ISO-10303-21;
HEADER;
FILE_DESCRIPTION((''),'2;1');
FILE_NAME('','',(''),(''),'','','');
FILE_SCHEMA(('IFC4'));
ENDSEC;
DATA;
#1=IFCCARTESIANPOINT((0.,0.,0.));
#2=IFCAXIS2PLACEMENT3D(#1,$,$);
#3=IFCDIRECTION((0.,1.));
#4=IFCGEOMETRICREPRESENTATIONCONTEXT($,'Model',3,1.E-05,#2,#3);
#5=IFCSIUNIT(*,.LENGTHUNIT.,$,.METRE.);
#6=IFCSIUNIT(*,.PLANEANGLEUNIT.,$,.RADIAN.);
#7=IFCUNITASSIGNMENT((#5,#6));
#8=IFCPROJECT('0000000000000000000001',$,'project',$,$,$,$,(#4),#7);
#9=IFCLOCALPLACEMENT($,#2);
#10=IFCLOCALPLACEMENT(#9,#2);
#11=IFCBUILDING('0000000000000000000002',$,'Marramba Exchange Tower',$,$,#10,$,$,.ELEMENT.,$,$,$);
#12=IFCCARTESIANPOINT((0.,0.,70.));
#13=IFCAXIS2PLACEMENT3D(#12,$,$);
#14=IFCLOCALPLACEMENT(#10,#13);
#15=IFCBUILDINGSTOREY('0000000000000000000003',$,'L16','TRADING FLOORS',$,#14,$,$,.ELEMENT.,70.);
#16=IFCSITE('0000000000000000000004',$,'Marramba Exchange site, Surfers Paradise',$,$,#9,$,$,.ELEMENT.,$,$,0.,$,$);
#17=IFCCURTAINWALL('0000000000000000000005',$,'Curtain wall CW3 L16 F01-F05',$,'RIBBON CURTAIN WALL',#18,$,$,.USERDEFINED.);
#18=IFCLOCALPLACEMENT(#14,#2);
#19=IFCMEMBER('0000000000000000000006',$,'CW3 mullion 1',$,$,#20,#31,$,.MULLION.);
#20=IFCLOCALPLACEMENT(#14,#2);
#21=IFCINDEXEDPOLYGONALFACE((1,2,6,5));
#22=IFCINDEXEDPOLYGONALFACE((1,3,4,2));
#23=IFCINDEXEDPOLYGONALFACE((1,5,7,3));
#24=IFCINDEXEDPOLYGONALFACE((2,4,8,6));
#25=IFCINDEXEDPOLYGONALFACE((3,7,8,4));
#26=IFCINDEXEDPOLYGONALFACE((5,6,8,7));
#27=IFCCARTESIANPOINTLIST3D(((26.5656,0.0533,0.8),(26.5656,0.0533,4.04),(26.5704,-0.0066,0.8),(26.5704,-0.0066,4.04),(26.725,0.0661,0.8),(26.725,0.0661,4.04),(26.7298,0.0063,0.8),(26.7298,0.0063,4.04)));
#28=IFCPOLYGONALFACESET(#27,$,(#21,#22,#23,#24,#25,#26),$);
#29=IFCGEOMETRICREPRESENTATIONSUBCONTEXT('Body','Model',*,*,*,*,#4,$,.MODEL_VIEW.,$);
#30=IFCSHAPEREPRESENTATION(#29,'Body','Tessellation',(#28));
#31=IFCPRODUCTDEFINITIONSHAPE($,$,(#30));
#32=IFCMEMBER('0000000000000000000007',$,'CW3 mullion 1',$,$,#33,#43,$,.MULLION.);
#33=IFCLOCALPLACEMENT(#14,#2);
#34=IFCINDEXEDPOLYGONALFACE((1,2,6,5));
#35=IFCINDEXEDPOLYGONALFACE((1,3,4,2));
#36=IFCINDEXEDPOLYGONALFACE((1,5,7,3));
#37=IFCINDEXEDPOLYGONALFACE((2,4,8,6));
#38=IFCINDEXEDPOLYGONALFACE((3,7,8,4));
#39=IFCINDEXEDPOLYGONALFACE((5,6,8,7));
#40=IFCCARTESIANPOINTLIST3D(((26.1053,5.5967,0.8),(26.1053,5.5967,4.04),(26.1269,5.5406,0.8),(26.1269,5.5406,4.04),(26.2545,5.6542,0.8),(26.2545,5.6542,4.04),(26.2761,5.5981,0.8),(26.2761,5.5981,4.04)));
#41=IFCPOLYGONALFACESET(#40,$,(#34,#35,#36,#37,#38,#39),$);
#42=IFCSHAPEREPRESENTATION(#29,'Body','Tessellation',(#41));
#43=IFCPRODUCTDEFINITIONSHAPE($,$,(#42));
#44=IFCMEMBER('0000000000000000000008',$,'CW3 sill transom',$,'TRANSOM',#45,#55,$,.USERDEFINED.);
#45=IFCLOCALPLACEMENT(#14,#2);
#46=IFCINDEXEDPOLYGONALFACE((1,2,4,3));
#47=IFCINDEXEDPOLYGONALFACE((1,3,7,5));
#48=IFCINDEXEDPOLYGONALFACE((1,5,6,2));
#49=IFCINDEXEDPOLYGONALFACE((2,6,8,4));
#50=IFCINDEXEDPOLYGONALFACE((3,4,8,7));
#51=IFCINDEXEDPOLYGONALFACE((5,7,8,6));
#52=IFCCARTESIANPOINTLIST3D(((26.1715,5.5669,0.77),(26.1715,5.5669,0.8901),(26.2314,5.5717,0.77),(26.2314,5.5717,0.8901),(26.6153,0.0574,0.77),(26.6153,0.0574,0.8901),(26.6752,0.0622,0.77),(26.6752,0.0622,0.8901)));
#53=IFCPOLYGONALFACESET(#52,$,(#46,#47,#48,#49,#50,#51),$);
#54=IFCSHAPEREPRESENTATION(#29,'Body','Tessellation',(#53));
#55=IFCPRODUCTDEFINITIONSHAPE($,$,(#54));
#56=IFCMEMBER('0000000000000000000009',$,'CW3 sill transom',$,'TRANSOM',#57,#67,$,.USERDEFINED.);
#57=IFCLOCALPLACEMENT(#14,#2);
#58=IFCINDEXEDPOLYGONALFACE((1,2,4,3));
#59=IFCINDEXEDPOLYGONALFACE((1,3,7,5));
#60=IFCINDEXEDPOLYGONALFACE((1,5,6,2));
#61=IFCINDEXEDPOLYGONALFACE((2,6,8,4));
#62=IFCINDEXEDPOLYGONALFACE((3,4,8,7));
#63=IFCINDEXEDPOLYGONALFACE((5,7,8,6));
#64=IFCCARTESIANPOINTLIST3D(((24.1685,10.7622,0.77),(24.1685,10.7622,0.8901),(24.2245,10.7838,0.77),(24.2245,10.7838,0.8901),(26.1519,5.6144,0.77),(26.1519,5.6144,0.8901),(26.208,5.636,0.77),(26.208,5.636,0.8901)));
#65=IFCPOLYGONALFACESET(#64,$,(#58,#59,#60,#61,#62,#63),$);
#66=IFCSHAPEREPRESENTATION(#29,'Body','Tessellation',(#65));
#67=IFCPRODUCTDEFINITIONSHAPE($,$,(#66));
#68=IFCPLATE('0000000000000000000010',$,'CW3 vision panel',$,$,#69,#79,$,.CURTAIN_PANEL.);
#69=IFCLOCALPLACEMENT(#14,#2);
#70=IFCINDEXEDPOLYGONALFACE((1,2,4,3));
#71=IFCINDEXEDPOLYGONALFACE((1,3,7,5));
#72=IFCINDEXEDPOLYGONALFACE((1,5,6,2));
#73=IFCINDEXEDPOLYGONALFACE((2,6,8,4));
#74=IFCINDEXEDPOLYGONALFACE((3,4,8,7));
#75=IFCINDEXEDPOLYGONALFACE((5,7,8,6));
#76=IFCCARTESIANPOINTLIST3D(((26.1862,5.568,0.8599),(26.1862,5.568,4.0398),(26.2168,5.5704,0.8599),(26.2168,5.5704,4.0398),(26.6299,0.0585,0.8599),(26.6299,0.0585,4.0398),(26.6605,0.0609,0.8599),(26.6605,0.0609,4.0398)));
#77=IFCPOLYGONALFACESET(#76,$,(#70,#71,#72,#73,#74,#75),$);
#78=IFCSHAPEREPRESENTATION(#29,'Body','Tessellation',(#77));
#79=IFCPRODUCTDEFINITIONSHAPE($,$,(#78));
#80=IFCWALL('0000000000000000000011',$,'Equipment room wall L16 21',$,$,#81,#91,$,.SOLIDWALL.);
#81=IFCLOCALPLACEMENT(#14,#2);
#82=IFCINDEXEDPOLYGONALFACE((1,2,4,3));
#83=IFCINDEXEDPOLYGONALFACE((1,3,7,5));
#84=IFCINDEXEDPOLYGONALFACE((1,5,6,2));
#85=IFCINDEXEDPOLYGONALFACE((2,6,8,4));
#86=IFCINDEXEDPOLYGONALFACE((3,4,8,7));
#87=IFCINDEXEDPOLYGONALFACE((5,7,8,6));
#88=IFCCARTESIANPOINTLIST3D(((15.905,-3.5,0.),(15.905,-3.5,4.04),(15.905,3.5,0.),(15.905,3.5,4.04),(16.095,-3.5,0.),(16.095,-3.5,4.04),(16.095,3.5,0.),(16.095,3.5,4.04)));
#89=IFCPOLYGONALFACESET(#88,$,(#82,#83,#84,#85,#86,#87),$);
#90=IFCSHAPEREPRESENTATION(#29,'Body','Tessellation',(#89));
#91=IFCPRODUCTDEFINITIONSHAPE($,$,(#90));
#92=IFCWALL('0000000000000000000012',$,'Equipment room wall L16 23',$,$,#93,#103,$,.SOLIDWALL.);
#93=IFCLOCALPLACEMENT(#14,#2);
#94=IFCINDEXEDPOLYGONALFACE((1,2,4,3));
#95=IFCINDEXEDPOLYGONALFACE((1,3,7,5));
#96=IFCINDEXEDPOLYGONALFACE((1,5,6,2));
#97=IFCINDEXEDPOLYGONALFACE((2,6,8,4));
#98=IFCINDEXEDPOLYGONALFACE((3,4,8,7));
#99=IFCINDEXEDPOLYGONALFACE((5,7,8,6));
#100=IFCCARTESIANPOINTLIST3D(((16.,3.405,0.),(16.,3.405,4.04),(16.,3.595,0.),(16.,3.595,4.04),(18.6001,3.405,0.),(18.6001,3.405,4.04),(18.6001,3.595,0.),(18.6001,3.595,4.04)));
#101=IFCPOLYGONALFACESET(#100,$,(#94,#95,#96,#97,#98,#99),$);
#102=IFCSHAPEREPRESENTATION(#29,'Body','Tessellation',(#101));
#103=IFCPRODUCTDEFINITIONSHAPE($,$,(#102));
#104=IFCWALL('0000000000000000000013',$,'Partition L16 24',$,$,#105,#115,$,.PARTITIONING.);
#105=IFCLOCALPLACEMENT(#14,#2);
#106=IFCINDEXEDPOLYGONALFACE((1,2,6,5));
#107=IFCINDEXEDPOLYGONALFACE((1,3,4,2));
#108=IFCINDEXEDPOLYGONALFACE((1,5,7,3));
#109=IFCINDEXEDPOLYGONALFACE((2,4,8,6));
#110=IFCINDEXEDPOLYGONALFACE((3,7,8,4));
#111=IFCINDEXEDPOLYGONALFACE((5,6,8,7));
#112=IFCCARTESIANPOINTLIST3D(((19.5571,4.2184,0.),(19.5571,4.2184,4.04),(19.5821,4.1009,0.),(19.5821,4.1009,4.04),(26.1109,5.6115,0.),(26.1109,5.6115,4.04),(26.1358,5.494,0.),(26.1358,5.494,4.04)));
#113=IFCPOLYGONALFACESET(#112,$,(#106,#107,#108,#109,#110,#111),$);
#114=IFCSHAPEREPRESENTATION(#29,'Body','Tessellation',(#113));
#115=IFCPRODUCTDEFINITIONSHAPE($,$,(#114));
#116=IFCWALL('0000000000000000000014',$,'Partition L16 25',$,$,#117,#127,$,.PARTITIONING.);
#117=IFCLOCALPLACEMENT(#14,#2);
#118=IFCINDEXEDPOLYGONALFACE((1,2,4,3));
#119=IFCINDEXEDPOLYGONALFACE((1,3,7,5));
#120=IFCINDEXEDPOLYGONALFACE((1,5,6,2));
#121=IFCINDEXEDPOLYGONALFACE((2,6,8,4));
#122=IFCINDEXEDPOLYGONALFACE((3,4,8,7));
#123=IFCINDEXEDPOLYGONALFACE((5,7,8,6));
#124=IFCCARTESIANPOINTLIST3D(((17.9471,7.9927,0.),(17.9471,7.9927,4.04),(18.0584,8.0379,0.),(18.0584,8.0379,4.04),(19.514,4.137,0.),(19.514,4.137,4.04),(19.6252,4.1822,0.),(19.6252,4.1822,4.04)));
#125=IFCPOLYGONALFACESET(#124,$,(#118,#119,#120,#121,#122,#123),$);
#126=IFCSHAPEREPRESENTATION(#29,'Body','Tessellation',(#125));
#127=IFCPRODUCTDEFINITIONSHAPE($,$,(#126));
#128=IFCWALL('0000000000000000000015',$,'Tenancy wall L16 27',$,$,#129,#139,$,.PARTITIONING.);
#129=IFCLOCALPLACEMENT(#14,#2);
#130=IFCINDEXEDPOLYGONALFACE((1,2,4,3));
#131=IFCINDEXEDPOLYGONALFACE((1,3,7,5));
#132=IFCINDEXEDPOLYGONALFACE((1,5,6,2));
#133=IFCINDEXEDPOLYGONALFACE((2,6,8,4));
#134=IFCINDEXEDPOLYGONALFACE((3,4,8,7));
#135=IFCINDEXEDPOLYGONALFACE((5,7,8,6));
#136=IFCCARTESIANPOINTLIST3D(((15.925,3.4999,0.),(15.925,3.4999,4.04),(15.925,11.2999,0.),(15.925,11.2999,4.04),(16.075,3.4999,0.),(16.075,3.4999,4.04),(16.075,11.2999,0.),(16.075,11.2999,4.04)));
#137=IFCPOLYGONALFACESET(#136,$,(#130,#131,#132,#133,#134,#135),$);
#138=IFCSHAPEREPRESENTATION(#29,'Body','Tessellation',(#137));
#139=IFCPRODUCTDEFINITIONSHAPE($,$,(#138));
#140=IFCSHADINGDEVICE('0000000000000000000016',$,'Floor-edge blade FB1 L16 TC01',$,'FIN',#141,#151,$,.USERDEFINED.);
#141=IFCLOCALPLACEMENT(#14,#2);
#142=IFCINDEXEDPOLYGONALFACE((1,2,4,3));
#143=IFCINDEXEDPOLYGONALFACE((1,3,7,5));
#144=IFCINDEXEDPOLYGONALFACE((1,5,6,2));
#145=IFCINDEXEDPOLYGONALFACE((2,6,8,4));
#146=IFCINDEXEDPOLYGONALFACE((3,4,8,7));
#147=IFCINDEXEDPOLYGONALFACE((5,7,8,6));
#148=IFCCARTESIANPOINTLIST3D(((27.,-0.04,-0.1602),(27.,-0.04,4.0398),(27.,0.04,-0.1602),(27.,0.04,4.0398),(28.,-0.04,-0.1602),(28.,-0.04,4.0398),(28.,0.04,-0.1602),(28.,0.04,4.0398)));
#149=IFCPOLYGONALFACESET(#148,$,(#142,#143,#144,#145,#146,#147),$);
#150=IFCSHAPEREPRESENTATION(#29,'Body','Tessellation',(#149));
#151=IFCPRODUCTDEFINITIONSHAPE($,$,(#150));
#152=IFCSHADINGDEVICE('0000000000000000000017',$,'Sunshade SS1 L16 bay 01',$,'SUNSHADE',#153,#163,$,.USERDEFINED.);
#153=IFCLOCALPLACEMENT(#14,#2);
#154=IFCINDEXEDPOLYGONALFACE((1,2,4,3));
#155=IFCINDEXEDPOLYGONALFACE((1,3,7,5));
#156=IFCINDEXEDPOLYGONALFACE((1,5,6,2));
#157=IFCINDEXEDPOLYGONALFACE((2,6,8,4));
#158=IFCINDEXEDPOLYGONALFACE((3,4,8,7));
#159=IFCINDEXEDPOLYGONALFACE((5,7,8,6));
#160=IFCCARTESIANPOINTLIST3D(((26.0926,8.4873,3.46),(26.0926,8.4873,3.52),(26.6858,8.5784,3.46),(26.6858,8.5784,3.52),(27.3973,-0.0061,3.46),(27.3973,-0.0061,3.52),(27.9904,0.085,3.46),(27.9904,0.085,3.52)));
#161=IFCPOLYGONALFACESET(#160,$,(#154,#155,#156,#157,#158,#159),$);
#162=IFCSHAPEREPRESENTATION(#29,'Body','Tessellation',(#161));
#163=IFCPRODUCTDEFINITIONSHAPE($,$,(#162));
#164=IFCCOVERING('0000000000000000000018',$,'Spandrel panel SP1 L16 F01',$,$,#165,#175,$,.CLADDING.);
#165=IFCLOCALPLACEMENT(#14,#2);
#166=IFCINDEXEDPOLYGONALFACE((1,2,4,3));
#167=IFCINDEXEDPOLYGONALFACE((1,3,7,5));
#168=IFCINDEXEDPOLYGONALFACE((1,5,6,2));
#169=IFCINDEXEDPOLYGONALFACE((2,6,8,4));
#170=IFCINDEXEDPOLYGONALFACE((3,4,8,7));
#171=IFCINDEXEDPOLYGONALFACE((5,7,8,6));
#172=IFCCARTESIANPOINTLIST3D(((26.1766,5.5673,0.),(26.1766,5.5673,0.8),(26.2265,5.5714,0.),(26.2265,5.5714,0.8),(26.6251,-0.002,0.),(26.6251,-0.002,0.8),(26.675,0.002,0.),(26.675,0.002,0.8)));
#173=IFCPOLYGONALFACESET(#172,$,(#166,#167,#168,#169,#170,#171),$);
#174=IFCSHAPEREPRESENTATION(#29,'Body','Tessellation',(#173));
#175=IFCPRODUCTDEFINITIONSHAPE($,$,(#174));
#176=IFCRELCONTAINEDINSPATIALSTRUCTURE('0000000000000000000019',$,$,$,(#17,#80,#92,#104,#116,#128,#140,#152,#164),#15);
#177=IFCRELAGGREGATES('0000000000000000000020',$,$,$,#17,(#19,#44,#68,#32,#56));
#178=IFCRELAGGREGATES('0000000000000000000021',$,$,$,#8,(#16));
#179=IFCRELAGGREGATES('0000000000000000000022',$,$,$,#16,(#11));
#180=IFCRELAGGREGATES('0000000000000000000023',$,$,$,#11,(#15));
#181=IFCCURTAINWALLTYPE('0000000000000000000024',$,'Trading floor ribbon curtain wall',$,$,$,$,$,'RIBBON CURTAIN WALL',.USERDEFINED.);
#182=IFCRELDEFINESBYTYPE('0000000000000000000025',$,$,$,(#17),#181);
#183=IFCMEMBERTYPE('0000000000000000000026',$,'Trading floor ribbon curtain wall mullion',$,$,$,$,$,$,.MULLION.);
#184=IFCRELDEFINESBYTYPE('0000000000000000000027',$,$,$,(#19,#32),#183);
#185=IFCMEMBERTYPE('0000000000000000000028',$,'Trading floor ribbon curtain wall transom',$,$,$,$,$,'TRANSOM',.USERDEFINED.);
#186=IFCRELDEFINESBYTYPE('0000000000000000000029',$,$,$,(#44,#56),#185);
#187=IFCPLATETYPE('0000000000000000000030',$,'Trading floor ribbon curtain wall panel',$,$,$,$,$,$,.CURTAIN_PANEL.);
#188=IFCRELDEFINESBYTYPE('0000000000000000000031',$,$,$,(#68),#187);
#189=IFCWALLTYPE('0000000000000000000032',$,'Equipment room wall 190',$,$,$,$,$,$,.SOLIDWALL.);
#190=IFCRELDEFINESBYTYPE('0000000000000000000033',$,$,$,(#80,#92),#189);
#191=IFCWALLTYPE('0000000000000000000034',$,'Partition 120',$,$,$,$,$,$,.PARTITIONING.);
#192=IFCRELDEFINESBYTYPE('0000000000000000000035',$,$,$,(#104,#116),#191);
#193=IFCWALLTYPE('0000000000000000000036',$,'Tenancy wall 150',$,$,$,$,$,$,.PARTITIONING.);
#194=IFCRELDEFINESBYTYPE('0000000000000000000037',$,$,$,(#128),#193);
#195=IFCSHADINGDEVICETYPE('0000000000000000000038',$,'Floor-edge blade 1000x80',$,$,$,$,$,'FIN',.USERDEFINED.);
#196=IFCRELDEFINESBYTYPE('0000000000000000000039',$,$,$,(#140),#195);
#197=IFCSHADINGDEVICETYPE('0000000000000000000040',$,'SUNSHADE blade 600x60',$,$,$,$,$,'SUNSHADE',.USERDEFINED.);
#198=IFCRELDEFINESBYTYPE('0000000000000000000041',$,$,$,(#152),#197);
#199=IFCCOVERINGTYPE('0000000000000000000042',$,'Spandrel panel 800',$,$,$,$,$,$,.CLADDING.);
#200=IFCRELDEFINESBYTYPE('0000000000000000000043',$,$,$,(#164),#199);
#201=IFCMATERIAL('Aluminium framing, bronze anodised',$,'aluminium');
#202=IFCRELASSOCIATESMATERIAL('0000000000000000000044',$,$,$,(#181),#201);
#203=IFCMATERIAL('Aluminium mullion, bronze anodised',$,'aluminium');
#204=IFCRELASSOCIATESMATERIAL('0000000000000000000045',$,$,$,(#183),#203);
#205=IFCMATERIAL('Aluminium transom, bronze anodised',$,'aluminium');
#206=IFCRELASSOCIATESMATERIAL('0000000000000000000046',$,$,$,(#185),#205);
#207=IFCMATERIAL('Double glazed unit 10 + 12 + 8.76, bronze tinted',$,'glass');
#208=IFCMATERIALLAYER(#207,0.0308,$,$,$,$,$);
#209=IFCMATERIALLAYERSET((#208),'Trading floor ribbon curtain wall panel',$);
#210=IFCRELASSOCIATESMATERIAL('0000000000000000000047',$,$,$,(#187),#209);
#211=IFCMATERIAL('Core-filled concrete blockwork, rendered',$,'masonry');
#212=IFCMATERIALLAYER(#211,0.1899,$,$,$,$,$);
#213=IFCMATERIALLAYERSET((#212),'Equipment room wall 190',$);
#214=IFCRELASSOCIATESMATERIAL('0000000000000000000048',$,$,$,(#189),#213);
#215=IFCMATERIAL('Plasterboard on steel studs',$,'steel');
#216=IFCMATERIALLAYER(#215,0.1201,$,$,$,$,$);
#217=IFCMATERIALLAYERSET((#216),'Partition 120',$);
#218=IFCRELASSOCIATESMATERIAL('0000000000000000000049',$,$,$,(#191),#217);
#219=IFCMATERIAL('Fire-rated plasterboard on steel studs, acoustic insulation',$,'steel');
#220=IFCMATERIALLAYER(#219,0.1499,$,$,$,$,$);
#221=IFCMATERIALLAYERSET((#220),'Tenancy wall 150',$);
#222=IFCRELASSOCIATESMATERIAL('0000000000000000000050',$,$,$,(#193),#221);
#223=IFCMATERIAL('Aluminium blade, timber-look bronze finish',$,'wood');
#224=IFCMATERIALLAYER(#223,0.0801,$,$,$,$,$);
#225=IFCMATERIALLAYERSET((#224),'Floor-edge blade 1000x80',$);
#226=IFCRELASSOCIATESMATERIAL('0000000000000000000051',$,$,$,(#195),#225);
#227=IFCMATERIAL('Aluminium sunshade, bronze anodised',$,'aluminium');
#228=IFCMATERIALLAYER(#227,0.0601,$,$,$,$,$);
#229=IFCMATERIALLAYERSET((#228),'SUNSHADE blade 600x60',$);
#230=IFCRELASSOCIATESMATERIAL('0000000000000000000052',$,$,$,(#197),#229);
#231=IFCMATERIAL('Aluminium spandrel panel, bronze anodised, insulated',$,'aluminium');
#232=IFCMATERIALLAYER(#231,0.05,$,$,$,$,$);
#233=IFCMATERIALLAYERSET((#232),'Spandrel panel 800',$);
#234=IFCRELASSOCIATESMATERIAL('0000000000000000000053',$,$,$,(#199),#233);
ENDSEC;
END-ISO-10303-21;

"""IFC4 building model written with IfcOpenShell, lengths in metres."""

from ifc_helpers import new_model, si_unit, direction, frame, frame_2d, origin, origin_2d, place, context, subcontext, project, spatial, rectangle, extrude, material, layer, layer_set, material_profile, profile_set, type_object, element, aggregate, save


model = new_model("IFC4")

# Units and contexts
model_context = context("Model", 3, precision=1e-05, world=origin(), true_north=direction((0.0, 1.0)))
body_context = subcontext(model_context, "Body", "Model", "MODEL_VIEW")
ifc_project = project(units=[si_unit("LENGTHUNIT", "METRE"), si_unit("PLANEANGLEUNIT", "RADIAN")], contexts=[model_context])

# Site, building, storey
site_placement = place(None, origin())
site = spatial("IfcSite", under=ifc_project, at=site_placement, Name="Marramba Exchange site, Surfers Paradise", CompositionType="ELEMENT", RefElevation=0.0)
building_placement = place(site_placement, origin())
building = spatial("IfcBuilding", under=site, at=building_placement, Name="Marramba Exchange Tower", CompositionType="ELEMENT")
storey_placement = place(building_placement, frame((0.0, 0.0, 70.0)))
storey = spatial("IfcBuildingStorey", under=building, at=storey_placement, Name="L16", Description="TRADING FLOORS", CompositionType="ELEMENT", Elevation=70.0)

# Curtain wall, members, plate
ifc_material_1 = material(Name="Aluminium framing, bronze anodised", Category="aluminium")
curtain_wall_type = type_object("IfcCurtainWallType", Name="Trading floor ribbon curtain wall", ElementType="RIBBON CURTAIN WALL", PredefinedType="USERDEFINED", material=ifc_material_1)
curtain_wall_placement = place(storey_placement, origin())
curtain_wall = element("IfcCurtainWall", 1, at=curtain_wall_placement, inside=storey, type_object=curtain_wall_type, Name="Curtain wall CW3 L16 F01-F05", ObjectType="RIBBON CURTAIN WALL", PredefinedType="USERDEFINED")
ifc_material_2 = material(Name="Aluminium mullion, bronze anodised", Category="aluminium")
ifc_material_profile_1 = material_profile(ifc_material_2, rectangle(XDim=0.1599, YDim=0.0601, at=origin_2d()), Name="CW3 mullion 60x160")
ifc_profile_set_1 = profile_set([ifc_material_profile_1], Name="Aluminium mullion, bronze anodised")
member_type_1 = type_object("IfcMemberType", Name="Trading floor ribbon curtain wall mullion", PredefinedType="MULLION", material=ifc_profile_set_1)
member_1_placement = place(storey_placement, frame((26.6477, 0.0298, 0.8), z_axis=(0.0, 0.0, 1.0), x_axis=(-0.996773, -0.080275, 0.0)))
member_1 = element("IfcMember", 2, at=member_1_placement, type_object=member_type_1, Name="CW3 mullion 1", PredefinedType="MULLION", context=body_context, shape_type="SweptSolid", body=[
    extrude(rectangle(XDim=0.1599, YDim=0.0601, at=origin_2d()), origin(), (0.0, 0.0, 1.0), 3.24),
])
member_2_placement = place(storey_placement, frame((26.1907, 5.5974, 0.8), z_axis=(0.0, 0.0, 1.0), x_axis=(-0.933135, -0.359526, 0.0)))
member_2 = element("IfcMember", 3, at=member_2_placement, type_object=member_type_1, Name="CW3 mullion 1", PredefinedType="MULLION", context=body_context, shape_type="SweptSolid", body=[
    extrude(rectangle(XDim=0.1599, YDim=0.0601, at=origin_2d()), origin(), (0.0, 0.0, 1.0), 3.24),
])
ifc_material_3 = material(Name="Aluminium transom, bronze anodised", Category="aluminium")
ifc_material_profile_2 = material_profile(ifc_material_3, rectangle(XDim=0.0601, YDim=0.1201, at=origin_2d()), Name="CW3 transom 60x120")
ifc_profile_set_2 = profile_set([ifc_material_profile_2], Name="Aluminium transom, bronze anodised")
member_type_2 = type_object("IfcMemberType", Name="Trading floor ribbon curtain wall transom", ElementType="TRANSOM", PredefinedType="USERDEFINED", material=ifc_profile_set_2)
member_3_placement = place(storey_placement, frame((26.6453, 0.0598, 0.8301), z_axis=(-0.0803, 0.996771, 0.0), x_axis=(-0.996771, -0.0803, 0.0)))
member_3 = element("IfcMember", 4, at=member_3_placement, type_object=member_type_2, Name="CW3 sill transom", ObjectType="TRANSOM", PredefinedType="USERDEFINED", context=body_context, shape_type="SweptSolid", body=[
    extrude(rectangle(XDim=0.0601, YDim=0.1201, at=origin_2d()), origin(), (0.0, 0.0, 1.0), 5.5273),
])
member_4_placement = place(storey_placement, frame((26.1799, 5.6252, 0.8301), z_axis=(-0.359534, 0.933132, 0.0), x_axis=(-0.933132, -0.359534, 0.0)))
member_4 = element("IfcMember", 5, at=member_4_placement, type_object=member_type_2, Name="CW3 sill transom", ObjectType="TRANSOM", PredefinedType="USERDEFINED", context=body_context, shape_type="SweptSolid", body=[
    extrude(rectangle(XDim=0.0601, YDim=0.1201, at=origin_2d()), origin(), (0.0, 0.0, 1.0), 5.5166),
])
ifc_material_4 = material(Name="Double glazed unit 10 + 12 + 8.76, bronze tinted", Category="glass")
ifc_layer_1 = layer(ifc_material_4, 0.0308)
ifc_layer_set_1 = layer_set([ifc_layer_1], Name="Trading floor ribbon curtain wall panel")
plate_type = type_object("IfcPlateType", Name="Trading floor ribbon curtain wall panel", PredefinedType="CURTAIN_PANEL", material=ifc_layer_set_1)
plate_placement = place(storey_placement, frame((26.4233, 2.8145, 0.8599), z_axis=(0.0, 0.0, 1.0), x_axis=(-0.080275, 0.996773, 0.0)))
plate = element("IfcPlate", 6, at=plate_placement, type_object=plate_type, Name="CW3 vision panel", PredefinedType="CURTAIN_PANEL", context=body_context, shape_type="SweptSolid", body=[
    extrude(rectangle(XDim=5.5273, YDim=0.0308, at=origin_2d()), origin(), (0.0, 0.0, 1.0), 3.1799),
])
aggregate(curtain_wall, [member_1, member_3, plate, member_2, member_4])

# Walls
ifc_material_5 = material(Name="Core-filled concrete blockwork, rendered", Category="masonry")
ifc_layer_2 = layer(ifc_material_5, 0.1899)
ifc_layer_set_2 = layer_set([ifc_layer_2], Name="Equipment room wall 190")
wall_type_1 = type_object("IfcWallType", Name="Equipment room wall 190", PredefinedType="SOLIDWALL", material=ifc_layer_set_2)
wall_1_placement = place(storey_placement, frame((16.0, 3.5, 0.0), z_axis=(0.0, 0.0, 1.0), x_axis=(0.0, -1.0, 0.0)))
element("IfcWall", 7, at=wall_1_placement, inside=storey, type_object=wall_type_1, Name="Equipment room wall L16 21", PredefinedType="SOLIDWALL", context=body_context, shape_type="SweptSolid", body=[
    extrude(rectangle(XDim=7.0, YDim=0.1899, at=frame_2d((3.5, 0.0))), origin(), (0.0, 0.0, 1.0), 4.04),
])
wall_2_placement = place(storey_placement, frame((18.6001, 3.5, 0.0), z_axis=(0.0, 0.0, 1.0), x_axis=(-1.0, 0.0, 0.0)))
element("IfcWall", 8, at=wall_2_placement, inside=storey, type_object=wall_type_1, Name="Equipment room wall L16 23", PredefinedType="SOLIDWALL", context=body_context, shape_type="SweptSolid", body=[
    extrude(rectangle(XDim=2.6001, YDim=0.1899, at=frame_2d((1.3, 0.0))), origin(), (0.0, 0.0, 1.0), 4.04),
])
ifc_material_6 = material(Name="Plasterboard on steel studs", Category="steel")
ifc_layer_3 = layer(ifc_material_6, 0.1201)
ifc_layer_set_3 = layer_set([ifc_layer_3], Name="Partition 120")
wall_type_2 = type_object("IfcWallType", Name="Partition 120", PredefinedType="PARTITIONING", material=ifc_layer_set_3)
wall_3_placement = place(storey_placement, frame((19.5696, 4.1597, 0.0), z_axis=(0.0, 0.0, 1.0), x_axis=(0.978147, 0.207916, 0.0)))
element("IfcWall", 9, at=wall_3_placement, inside=storey, type_object=wall_type_2, Name="Partition L16 24", PredefinedType="PARTITIONING", context=body_context, shape_type="SweptSolid", body=[
    extrude(rectangle(XDim=6.7002, YDim=0.1201, at=frame_2d((3.3501, 0.0))), origin(), (0.0, 0.0, 1.0), 4.04),
])
wall_4_placement = place(storey_placement, frame((18.0027, 8.0154, 0.0), z_axis=(0.0, 0.0, 1.0), x_axis=(0.376482, -0.926424, 0.0)))
element("IfcWall", 10, at=wall_4_placement, inside=storey, type_object=wall_type_2, Name="Partition L16 25", PredefinedType="PARTITIONING", context=body_context, shape_type="SweptSolid", body=[
    extrude(rectangle(XDim=4.1619, YDim=0.1201, at=frame_2d((2.0811, 0.0))), origin(), (0.0, 0.0, 1.0), 4.04),
])
ifc_material_7 = material(Name="Fire-rated plasterboard on steel studs, acoustic insulation", Category="steel")
ifc_layer_4 = layer(ifc_material_7, 0.1499)
ifc_layer_set_4 = layer_set([ifc_layer_4], Name="Tenancy wall 150")
wall_type_3 = type_object("IfcWallType", Name="Tenancy wall 150", PredefinedType="PARTITIONING", material=ifc_layer_set_4)
wall_5_placement = place(storey_placement, frame((16.0, 3.5, 0.0), z_axis=(0.0, 0.0, 1.0), x_axis=(0.0, 1.0, 0.0)))
element("IfcWall", 11, at=wall_5_placement, inside=storey, type_object=wall_type_3, Name="Tenancy wall L16 27", PredefinedType="PARTITIONING", context=body_context, shape_type="SweptSolid", body=[
    extrude(rectangle(XDim=7.8, YDim=0.1499, at=frame_2d((3.8999, 0.0))), origin(), (0.0, 0.0, 1.0), 4.04),
])

# Shading devices
ifc_material_8 = material(Name="Aluminium blade, timber-look bronze finish", Category="wood")
ifc_layer_5 = layer(ifc_material_8, 0.0801)
ifc_layer_set_5 = layer_set([ifc_layer_5], Name="Floor-edge blade 1000x80")
shading_device_type_1 = type_object("IfcShadingDeviceType", Name="Floor-edge blade 1000x80", ElementType="FIN", PredefinedType="USERDEFINED", material=ifc_layer_set_5)
shading_device_1_placement = place(storey_placement, frame((27.5, 0.0, -0.1602), z_axis=(0.0, 0.0, 1.0), x_axis=(1.0, 0.0, 0.0)))
element("IfcShadingDevice", 12, at=shading_device_1_placement, inside=storey, type_object=shading_device_type_1, Name="Floor-edge blade FB1 L16 TC01", ObjectType="FIN", PredefinedType="USERDEFINED", context=body_context, shape_type="SweptSolid", body=[
    extrude(rectangle(XDim=1.0, YDim=0.0801, at=origin_2d()), origin(), (0.0, 0.0, 1.0), 4.2),
])
ifc_material_9 = material(Name="Aluminium sunshade, bronze anodised", Category="aluminium")
ifc_layer_6 = layer(ifc_material_9, 0.0601)
ifc_layer_set_6 = layer_set([ifc_layer_6], Name="SUNSHADE blade 600x60")
shading_device_type_2 = type_object("IfcShadingDeviceType", Name="SUNSHADE blade 600x60", ElementType="SUNSHADE", PredefinedType="USERDEFINED", material=ifc_layer_set_6)
shading_device_2_placement = place(storey_placement, frame((27.0415, 4.2861, 3.46), z_axis=(0.0, 0.0, 1.0), x_axis=(-0.151825, 0.988407, 0.0)))
element("IfcShadingDevice", 13, at=shading_device_2_placement, inside=storey, type_object=shading_device_type_2, Name="Sunshade SS1 L16 bay 01", ObjectType="SUNSHADE", PredefinedType="USERDEFINED", context=body_context, shape_type="SweptSolid", body=[
    extrude(rectangle(XDim=8.593, YDim=0.6001, at=origin_2d()), origin(), (0.0, 0.0, 1.0), 0.0601),
])

# Covering
ifc_material_10 = material(Name="Aluminium spandrel panel, bronze anodised, insulated", Category="aluminium")
ifc_layer_7 = layer(ifc_material_10, 0.05)
ifc_layer_set_7 = layer_set([ifc_layer_7], Name="Spandrel panel 800")
covering_type = type_object("IfcCoveringType", Name="Spandrel panel 800", PredefinedType="CLADDING", material=ifc_layer_set_7)
covering_1_placement = place(storey_placement, frame((26.4258, 2.7847, 0.0), z_axis=(0.0, 0.0, 1.0), x_axis=(-0.080275, 0.996773, 0.0)))
element("IfcCovering", 14, at=covering_1_placement, inside=storey, type_object=covering_type, Name="Spandrel panel SP1 L16 F01", PredefinedType="CLADDING", context=body_context, shape_type="SweptSolid", body=[
    extrude(rectangle(XDim=5.5874, YDim=0.05, at=origin_2d()), origin(), (0.0, 0.0, 1.0), 0.8),
])

save(model, "model.ifc")
